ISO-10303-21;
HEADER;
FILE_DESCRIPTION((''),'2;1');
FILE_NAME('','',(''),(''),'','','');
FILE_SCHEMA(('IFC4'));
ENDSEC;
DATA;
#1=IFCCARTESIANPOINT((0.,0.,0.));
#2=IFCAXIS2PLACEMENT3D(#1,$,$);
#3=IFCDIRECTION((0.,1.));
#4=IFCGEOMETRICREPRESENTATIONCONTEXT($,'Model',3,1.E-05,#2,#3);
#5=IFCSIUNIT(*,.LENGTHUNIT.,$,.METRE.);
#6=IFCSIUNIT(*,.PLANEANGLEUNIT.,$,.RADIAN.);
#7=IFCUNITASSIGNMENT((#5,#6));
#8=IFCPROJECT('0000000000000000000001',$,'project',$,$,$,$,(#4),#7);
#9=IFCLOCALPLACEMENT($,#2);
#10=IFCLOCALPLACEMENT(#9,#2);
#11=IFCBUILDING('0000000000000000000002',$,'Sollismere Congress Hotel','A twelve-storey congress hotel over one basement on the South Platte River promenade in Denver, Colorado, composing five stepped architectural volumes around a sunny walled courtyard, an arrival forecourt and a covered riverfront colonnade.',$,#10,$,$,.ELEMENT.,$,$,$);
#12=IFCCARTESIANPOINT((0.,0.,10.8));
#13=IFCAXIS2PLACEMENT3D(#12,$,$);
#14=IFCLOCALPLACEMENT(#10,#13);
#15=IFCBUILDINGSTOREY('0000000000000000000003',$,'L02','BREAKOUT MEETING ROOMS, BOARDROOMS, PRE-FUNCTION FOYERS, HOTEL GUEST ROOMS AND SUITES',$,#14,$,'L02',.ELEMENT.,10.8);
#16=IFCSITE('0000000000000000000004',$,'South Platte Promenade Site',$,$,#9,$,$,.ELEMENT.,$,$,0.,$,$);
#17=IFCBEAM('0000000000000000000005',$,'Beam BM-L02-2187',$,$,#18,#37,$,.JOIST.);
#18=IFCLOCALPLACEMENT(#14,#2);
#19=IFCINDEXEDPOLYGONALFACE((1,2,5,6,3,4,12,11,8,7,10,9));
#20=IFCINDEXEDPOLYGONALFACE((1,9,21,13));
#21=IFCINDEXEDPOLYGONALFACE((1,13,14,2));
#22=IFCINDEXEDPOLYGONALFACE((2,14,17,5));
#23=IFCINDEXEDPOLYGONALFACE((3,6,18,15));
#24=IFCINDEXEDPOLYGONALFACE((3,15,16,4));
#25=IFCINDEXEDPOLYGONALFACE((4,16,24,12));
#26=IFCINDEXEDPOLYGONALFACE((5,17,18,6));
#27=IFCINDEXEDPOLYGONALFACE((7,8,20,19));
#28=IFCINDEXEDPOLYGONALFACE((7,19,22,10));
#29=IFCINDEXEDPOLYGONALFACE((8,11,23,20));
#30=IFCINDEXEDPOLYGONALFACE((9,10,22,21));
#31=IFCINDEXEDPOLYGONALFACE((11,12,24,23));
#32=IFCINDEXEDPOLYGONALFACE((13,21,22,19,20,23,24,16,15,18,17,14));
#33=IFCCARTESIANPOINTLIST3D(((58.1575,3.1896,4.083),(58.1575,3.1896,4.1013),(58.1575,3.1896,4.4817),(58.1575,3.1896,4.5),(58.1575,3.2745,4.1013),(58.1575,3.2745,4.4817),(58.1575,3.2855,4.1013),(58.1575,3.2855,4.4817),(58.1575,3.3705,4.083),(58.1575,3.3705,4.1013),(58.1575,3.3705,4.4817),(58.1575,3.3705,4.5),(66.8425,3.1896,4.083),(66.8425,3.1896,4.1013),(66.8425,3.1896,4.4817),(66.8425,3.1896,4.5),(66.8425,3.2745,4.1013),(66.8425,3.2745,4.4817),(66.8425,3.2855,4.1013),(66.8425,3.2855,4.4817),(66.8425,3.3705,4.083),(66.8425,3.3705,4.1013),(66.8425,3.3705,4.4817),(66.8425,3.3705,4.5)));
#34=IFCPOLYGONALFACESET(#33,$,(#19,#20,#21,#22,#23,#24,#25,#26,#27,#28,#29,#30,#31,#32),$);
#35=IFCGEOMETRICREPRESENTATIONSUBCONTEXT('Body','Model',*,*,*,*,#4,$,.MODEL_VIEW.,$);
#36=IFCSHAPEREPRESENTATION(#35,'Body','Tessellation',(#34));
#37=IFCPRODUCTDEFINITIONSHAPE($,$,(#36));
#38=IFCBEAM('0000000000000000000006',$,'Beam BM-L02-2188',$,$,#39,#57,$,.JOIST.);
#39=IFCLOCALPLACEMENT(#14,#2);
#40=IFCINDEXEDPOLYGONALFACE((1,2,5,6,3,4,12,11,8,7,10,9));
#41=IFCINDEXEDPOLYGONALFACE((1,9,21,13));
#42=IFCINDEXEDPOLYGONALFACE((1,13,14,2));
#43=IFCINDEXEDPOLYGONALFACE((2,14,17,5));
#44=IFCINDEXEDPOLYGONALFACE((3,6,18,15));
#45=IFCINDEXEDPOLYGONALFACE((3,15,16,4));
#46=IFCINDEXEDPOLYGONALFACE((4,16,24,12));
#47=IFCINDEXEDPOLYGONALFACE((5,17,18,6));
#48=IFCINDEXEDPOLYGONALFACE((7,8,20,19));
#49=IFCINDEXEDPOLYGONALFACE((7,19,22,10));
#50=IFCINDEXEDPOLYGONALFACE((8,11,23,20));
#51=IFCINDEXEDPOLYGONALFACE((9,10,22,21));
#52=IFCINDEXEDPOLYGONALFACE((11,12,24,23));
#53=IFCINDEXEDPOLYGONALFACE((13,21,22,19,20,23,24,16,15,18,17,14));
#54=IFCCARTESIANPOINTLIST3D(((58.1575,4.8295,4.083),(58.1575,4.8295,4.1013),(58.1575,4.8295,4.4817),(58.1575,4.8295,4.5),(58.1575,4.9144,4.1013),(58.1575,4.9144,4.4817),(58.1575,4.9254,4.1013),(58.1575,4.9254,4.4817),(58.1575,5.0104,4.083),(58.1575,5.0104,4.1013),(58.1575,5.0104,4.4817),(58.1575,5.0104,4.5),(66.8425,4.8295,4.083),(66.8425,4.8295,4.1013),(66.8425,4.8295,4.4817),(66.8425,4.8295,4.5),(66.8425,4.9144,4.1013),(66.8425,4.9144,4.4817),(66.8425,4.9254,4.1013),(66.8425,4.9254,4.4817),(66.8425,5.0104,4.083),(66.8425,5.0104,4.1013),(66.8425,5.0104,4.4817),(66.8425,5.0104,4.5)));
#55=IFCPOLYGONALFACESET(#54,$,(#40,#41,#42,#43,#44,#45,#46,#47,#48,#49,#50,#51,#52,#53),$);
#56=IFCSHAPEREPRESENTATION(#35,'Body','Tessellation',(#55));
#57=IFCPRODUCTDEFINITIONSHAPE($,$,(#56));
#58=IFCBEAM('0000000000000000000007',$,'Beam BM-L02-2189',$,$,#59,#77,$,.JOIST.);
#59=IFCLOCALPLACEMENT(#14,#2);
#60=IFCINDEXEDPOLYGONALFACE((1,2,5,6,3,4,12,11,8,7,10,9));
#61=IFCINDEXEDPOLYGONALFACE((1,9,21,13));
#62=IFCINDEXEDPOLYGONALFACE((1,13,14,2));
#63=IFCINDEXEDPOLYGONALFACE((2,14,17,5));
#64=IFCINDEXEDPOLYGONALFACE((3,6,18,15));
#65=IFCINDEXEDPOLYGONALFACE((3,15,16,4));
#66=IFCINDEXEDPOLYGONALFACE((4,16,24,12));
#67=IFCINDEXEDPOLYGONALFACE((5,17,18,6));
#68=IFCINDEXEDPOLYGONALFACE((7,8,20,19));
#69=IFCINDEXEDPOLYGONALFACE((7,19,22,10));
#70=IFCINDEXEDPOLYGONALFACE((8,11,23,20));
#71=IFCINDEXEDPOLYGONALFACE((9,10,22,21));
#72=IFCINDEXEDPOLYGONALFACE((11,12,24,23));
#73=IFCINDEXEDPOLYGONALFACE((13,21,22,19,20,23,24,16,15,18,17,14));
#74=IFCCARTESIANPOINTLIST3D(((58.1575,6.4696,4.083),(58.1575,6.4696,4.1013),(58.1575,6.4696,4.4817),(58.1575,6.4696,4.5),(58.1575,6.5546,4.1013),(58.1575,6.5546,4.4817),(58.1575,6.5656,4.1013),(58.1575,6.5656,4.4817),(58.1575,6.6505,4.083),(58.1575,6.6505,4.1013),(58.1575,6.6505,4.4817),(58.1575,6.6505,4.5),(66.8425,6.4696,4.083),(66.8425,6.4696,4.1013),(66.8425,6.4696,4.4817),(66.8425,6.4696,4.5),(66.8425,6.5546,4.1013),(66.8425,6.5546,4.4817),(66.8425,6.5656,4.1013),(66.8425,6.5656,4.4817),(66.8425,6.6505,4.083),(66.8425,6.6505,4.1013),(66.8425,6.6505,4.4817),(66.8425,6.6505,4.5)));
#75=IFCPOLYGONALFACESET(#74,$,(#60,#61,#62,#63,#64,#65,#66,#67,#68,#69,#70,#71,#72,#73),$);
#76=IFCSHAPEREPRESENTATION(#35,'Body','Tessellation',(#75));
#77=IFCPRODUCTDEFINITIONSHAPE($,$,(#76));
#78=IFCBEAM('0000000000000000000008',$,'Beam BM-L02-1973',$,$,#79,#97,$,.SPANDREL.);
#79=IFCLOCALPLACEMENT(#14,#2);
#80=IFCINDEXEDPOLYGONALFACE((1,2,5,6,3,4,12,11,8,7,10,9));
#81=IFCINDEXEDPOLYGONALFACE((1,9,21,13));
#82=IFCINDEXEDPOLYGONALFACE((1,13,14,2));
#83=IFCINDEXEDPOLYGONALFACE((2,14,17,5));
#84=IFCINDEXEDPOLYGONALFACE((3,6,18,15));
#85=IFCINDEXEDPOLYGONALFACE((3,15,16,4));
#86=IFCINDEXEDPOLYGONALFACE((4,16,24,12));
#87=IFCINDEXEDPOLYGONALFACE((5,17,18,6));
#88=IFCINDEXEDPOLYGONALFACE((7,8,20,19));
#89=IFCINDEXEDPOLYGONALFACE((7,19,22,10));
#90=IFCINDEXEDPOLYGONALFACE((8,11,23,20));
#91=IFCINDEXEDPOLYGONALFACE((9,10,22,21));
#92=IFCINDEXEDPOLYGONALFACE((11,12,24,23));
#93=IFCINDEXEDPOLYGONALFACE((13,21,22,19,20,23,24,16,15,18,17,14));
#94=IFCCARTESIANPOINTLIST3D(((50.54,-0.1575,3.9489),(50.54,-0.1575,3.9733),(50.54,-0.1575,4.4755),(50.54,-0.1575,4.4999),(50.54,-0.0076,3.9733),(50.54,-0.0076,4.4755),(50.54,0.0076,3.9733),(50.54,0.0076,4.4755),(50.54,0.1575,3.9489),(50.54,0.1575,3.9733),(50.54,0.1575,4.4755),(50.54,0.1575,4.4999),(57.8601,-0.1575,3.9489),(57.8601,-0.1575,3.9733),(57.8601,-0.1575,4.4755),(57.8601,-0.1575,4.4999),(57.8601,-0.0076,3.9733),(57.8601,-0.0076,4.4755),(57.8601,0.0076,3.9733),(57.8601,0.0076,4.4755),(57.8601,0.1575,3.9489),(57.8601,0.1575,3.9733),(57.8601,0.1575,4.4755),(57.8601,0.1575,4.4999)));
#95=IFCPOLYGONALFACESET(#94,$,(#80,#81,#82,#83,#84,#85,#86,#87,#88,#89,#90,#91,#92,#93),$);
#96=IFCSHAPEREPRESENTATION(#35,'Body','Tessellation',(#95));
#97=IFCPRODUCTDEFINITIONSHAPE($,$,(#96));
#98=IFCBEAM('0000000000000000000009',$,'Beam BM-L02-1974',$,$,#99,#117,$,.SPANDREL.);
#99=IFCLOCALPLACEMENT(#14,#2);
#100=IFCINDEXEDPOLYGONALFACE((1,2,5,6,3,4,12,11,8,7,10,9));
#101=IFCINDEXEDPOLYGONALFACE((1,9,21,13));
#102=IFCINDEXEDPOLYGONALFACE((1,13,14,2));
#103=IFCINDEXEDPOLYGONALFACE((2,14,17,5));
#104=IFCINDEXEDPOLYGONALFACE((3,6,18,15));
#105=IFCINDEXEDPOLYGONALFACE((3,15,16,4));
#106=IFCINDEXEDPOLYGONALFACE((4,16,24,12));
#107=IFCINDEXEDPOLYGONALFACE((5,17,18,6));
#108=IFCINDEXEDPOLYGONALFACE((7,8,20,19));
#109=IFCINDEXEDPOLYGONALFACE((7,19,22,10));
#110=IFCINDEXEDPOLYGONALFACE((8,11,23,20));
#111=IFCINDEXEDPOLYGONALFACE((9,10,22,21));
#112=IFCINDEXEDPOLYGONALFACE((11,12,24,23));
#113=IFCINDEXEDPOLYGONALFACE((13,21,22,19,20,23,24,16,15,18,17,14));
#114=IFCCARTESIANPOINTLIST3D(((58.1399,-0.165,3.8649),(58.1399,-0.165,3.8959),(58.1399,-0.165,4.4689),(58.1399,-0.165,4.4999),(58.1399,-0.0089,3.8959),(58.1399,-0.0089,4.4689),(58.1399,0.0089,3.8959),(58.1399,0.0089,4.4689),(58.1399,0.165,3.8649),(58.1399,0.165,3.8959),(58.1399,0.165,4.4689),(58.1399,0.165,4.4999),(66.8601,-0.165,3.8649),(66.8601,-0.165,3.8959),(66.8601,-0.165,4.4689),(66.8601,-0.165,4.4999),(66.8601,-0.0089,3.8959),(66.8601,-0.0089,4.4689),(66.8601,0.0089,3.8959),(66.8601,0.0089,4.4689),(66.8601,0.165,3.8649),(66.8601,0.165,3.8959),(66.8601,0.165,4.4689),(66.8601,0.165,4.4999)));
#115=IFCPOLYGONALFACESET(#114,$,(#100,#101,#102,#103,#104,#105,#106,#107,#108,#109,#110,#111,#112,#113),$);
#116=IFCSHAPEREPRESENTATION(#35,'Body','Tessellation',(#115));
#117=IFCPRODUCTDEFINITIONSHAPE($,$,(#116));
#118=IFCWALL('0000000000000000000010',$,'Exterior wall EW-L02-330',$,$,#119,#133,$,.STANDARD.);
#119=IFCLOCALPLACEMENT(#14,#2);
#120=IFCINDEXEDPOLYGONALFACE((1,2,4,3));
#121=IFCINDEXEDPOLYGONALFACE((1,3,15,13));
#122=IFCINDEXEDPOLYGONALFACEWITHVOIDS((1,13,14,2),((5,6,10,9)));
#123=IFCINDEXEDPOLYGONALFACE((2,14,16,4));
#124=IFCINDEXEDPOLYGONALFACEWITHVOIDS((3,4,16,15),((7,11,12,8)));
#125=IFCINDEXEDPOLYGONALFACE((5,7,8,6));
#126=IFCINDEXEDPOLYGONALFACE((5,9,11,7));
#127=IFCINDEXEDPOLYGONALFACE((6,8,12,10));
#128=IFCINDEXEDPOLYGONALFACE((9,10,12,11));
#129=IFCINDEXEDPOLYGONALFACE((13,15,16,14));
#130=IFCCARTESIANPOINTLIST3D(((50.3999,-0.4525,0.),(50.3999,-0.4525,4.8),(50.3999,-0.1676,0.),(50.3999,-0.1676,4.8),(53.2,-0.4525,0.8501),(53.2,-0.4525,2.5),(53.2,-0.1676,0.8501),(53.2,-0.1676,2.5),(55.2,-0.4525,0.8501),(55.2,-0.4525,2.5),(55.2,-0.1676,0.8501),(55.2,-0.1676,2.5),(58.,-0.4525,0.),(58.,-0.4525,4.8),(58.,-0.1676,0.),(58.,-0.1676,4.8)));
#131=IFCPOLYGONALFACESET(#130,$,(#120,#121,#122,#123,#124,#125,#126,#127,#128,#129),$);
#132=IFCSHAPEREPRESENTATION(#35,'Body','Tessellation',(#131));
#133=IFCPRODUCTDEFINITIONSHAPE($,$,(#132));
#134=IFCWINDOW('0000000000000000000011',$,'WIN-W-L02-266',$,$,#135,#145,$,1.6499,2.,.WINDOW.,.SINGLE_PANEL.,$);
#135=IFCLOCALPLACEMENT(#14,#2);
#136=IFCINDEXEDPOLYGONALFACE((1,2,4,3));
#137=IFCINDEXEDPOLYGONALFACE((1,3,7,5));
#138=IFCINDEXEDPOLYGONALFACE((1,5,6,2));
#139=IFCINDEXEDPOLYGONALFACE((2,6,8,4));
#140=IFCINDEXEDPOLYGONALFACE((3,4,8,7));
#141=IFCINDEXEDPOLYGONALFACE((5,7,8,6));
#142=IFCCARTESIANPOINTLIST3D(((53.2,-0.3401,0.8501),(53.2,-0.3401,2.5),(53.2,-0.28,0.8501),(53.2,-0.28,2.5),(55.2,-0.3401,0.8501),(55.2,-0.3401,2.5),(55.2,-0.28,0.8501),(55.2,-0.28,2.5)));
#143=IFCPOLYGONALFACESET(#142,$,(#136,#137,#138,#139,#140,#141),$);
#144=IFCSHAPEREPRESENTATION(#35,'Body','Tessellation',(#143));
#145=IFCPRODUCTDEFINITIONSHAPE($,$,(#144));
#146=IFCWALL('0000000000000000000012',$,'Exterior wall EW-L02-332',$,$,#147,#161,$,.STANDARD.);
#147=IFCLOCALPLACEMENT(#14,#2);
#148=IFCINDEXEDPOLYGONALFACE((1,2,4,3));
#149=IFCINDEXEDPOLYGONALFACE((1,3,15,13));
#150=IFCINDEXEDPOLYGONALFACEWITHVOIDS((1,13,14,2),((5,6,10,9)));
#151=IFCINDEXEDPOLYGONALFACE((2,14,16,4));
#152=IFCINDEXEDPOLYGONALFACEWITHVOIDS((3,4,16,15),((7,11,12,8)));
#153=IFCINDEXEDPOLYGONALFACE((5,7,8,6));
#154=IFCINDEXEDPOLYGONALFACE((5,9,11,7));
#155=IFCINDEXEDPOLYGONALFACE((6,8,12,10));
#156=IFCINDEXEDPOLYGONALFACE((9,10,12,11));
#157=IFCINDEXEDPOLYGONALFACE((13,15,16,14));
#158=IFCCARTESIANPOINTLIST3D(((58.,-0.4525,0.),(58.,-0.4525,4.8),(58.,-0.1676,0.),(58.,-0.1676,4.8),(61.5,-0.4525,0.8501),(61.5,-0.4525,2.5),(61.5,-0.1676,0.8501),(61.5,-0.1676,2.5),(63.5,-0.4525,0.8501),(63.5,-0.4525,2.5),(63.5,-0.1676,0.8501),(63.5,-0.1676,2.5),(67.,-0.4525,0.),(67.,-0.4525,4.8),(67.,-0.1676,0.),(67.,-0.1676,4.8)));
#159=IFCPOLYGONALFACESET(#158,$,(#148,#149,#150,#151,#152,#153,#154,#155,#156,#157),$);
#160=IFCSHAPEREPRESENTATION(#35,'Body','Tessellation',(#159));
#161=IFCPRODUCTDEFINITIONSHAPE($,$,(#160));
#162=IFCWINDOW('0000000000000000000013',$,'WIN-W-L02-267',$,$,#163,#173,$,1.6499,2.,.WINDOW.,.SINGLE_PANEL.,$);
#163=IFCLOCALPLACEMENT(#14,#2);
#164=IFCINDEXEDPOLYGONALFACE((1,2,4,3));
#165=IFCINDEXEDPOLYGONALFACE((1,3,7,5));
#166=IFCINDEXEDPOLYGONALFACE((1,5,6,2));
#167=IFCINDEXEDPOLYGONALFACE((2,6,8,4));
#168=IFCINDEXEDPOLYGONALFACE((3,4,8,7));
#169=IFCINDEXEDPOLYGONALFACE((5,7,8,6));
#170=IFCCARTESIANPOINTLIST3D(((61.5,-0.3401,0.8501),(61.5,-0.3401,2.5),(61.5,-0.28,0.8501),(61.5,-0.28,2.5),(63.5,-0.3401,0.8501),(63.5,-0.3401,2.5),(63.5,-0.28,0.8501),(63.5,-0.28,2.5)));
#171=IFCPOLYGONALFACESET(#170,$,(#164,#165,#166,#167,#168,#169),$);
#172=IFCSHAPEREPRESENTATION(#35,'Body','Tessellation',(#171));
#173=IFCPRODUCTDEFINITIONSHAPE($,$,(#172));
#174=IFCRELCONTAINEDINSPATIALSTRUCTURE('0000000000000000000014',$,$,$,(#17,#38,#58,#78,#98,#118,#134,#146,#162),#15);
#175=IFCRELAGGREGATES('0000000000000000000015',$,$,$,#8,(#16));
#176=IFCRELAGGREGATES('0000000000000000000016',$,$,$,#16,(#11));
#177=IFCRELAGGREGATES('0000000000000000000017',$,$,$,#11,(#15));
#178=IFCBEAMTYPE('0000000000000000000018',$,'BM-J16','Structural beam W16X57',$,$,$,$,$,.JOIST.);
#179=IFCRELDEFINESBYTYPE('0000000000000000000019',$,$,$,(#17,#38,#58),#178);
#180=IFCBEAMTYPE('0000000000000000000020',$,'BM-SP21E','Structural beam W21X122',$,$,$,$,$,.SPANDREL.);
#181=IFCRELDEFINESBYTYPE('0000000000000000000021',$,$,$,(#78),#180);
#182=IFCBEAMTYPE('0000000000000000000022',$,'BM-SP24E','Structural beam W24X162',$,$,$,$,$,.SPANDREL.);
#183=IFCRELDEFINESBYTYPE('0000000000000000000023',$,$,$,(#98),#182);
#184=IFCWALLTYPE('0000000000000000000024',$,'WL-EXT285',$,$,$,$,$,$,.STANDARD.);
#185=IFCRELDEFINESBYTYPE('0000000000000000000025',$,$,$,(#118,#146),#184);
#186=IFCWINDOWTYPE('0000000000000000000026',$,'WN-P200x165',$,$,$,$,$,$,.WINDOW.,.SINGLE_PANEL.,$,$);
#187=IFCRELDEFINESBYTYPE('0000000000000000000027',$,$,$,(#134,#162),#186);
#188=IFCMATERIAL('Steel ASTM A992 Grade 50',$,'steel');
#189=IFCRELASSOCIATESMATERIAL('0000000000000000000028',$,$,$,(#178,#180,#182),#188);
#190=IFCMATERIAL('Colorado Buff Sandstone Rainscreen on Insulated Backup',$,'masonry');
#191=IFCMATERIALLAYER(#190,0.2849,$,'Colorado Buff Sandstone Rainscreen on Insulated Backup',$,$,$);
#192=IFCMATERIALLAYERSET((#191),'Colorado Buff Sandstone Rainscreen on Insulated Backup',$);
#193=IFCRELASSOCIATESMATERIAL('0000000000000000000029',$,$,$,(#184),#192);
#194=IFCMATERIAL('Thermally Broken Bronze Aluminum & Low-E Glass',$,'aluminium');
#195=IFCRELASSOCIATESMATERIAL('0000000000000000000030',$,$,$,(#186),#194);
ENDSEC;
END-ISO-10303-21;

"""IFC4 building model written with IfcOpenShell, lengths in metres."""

from ifc_helpers import new_model, si_unit, direction, frame, frame_2d, origin, origin_2d, place, context, subcontext, project, spatial, rectangle, i_section, extrude, material, layer, layer_set, material_profile, profile_set, type_object, element, fill, save


model = new_model("IFC4")

# Units and contexts
model_context = context("Model", 3, precision=1e-05, world=origin(), true_north=direction((0.0, 1.0)))
body_context = subcontext(model_context, "Body", "Model", "MODEL_VIEW")
ifc_project = project(units=[si_unit("LENGTHUNIT", "METRE"), si_unit("PLANEANGLEUNIT", "RADIAN")], contexts=[model_context])

# Site, building, storey
site_placement = place(None, origin())
site = spatial("IfcSite", under=ifc_project, at=site_placement, Name="South Platte Promenade Site", CompositionType="ELEMENT", RefElevation=0.0)
building_placement = place(site_placement, origin())
building = spatial("IfcBuilding", under=site, at=building_placement, Name="Sollismere Congress Hotel", Description="A twelve-storey congress hotel over one basement on the South Platte River promenade in Denver, Colorado, composing five stepped architectural volumes around a sunny walled courtyard, an arrival forecourt and a covered riverfront colonnade.", CompositionType="ELEMENT")
storey_placement = place(building_placement, frame((0.0, 0.0, 10.8)))
storey = spatial("IfcBuildingStorey", under=building, at=storey_placement, Name="L02", Description="BREAKOUT MEETING ROOMS, BOARDROOMS, PRE-FUNCTION FOYERS, HOTEL GUEST ROOMS AND SUITES", LongName="L02", CompositionType="ELEMENT", Elevation=10.8)

# Shared definitions
ifc_material_1 = material(Name="Steel ASTM A992 Grade 50", Category="steel")

# Beams
ifc_material_profile_1 = material_profile(ifc_material_1, i_section(OverallWidth=0.1809, OverallDepth=0.417, WebThickness=0.011, FlangeThickness=0.0183, at=origin_2d()), Name="W16X57")
ifc_profile_set_1 = profile_set([ifc_material_profile_1], Name="Steel ASTM A992 Grade 50")
beam_type_1 = type_object("IfcBeamType", Name="BM-J16", Description="Structural beam W16X57", PredefinedType="JOIST", material=ifc_profile_set_1)
for number, where, z_axis, x_axis, name in (
    (1, (58.1575, 3.28, 4.2915), (1.0, 0.0, 0.0), (0.0, 1.0, 0.0), "Beam BM-L02-2187"),
    (2, (58.1575, 4.9199, 4.2915), (1.0, 0.0, 0.0), (0.0, 1.0, 0.0), "Beam BM-L02-2188"),
    (3, (58.1575, 6.5601, 4.2915), (1.0, 0.0, 0.0), (0.0, 1.0, 0.0), "Beam BM-L02-2189"),
):
    element("IfcBeam", number, at=place(storey_placement, frame(where, z_axis=z_axis, x_axis=x_axis)), inside=storey, type_object=beam_type_1, Name=name, PredefinedType="JOIST", context=body_context, shape_type="SweptSolid", body=[
        extrude(i_section(OverallWidth=0.1809, OverallDepth=0.417, WebThickness=0.011, FlangeThickness=0.0183, at=origin_2d()), origin(), (0.0, 0.0, 1.0), 8.6851),
    ])
ifc_material_profile_2 = material_profile(ifc_material_1, i_section(OverallWidth=0.3149, OverallDepth=0.551, WebThickness=0.0151, FlangeThickness=0.0244, at=origin_2d()), Name="W21X122")
ifc_profile_set_2 = profile_set([ifc_material_profile_2], Name="Steel ASTM A992 Grade 50")
beam_type_2 = type_object("IfcBeamType", Name="BM-SP21E", Description="Structural beam W21X122", PredefinedType="SPANDREL", material=ifc_profile_set_2)
beam_1_placement = place(storey_placement, frame((50.54, 0.0, 4.2244), z_axis=(1.0, 0.0, 0.0), x_axis=(0.0, 1.0, 0.0)))
element("IfcBeam", 4, at=beam_1_placement, inside=storey, type_object=beam_type_2, Name="Beam BM-L02-1973", PredefinedType="SPANDREL", context=body_context, shape_type="SweptSolid", body=[
    extrude(i_section(OverallWidth=0.3149, OverallDepth=0.551, WebThickness=0.0151, FlangeThickness=0.0244, at=origin_2d()), origin(), (0.0, 0.0, 1.0), 7.3201),
])
ifc_material_profile_3 = material_profile(ifc_material_1, i_section(OverallWidth=0.3301, OverallDepth=0.635, WebThickness=0.0178, FlangeThickness=0.031, at=origin_2d()), Name="W24X162")
ifc_profile_set_3 = profile_set([ifc_material_profile_3], Name="Steel ASTM A992 Grade 50")
beam_type_3 = type_object("IfcBeamType", Name="BM-SP24E", Description="Structural beam W24X162", PredefinedType="SPANDREL", material=ifc_profile_set_3)
beam_2_placement = place(storey_placement, frame((58.1399, 0.0, 4.1824), z_axis=(1.0, 0.0, 0.0), x_axis=(0.0, 1.0, 0.0)))
element("IfcBeam", 5, at=beam_2_placement, inside=storey, type_object=beam_type_3, Name="Beam BM-L02-1974", PredefinedType="SPANDREL", context=body_context, shape_type="SweptSolid", body=[
    extrude(i_section(OverallWidth=0.3301, OverallDepth=0.635, WebThickness=0.0178, FlangeThickness=0.031, at=origin_2d()), origin(), (0.0, 0.0, 1.0), 8.7202),
])

# Walls, openings, windows
ifc_material_2 = material(Name="Colorado Buff Sandstone Rainscreen on Insulated Backup", Category="masonry")
ifc_layer_1 = layer(ifc_material_2, 0.2849, Name="Colorado Buff Sandstone Rainscreen on Insulated Backup")
ifc_layer_set_1 = layer_set([ifc_layer_1], Name="Colorado Buff Sandstone Rainscreen on Insulated Backup")
wall_type_1 = type_object("IfcWallType", Name="WL-EXT285", PredefinedType="STANDARD", material=ifc_layer_set_1)
wall_1_placement = place(storey_placement, frame((50.3999, -0.3101, 0.0), z_axis=(0.0, 0.0, 1.0), x_axis=(1.0, 0.0, 0.0)))
wall_1 = element("IfcWall", 6, at=wall_1_placement, inside=storey, type_object=wall_type_1, Name="Exterior wall EW-L02-330", PredefinedType="STANDARD", context=body_context, shape_type="SweptSolid", body=[
    extrude(rectangle(XDim=7.6001, YDim=0.2849, at=frame_2d((3.8, 0.0))), origin(), (0.0, 0.0, 1.0), 4.8),
])
opening_1_placement = place(wall_1_placement, frame((2.8, 0.0, 0.8501)))
opening_1 = element("IfcOpeningElement", 7, at=opening_1_placement, cuts=wall_1, PredefinedType="OPENING", context=body_context, shape_type="SweptSolid", body=[
    extrude(rectangle(XDim=2.0, YDim=1.6499, at=frame_2d((1.0, 0.825))), frame((0.0, 0.1523, 0.0), z_axis=(0.0, -1.0, 0.0), x_axis=(1.0, 0.0, 0.0)), (0.0, 0.0, 1.0), 0.3049),
])
ifc_material_3 = material(Name="Thermally Broken Bronze Aluminum & Low-E Glass", Category="aluminium")
window_type = type_object("IfcWindowType", Name="WN-P200x165", PartitioningType="SINGLE_PANEL", PredefinedType="WINDOW", material=ifc_material_3)
window_1_placement = place(opening_1_placement, origin())
window_1 = element("IfcWindow", 8, at=window_1_placement, inside=storey, type_object=window_type, Name="WIN-W-L02-266", OverallHeight=1.6499, OverallWidth=2.0, PartitioningType="SINGLE_PANEL", PredefinedType="WINDOW", context=body_context, shape_type="SweptSolid", body=[
    extrude(rectangle(XDim=2.0, YDim=1.6499, at=frame_2d((1.0, 0.825))), frame((0.0, 0.03, 0.0), z_axis=(0.0, -1.0, 0.0), x_axis=(1.0, 0.0, 0.0)), (0.0, 0.0, 1.0), 0.0601),
])
fill(opening_1, window_1)
wall_2_placement = place(storey_placement, frame((58.0, -0.3101, 0.0), z_axis=(0.0, 0.0, 1.0), x_axis=(1.0, 0.0, 0.0)))
wall_2 = element("IfcWall", 9, at=wall_2_placement, inside=storey, type_object=wall_type_1, Name="Exterior wall EW-L02-332", PredefinedType="STANDARD", context=body_context, shape_type="SweptSolid", body=[
    extrude(rectangle(XDim=9.0, YDim=0.2849, at=frame_2d((4.5, 0.0))), origin(), (0.0, 0.0, 1.0), 4.8),
])
opening_2_placement = place(wall_2_placement, frame((3.5, 0.0, 0.8501)))
opening_2 = element("IfcOpeningElement", 10, at=opening_2_placement, cuts=wall_2, PredefinedType="OPENING", context=body_context, shape_type="SweptSolid", body=[
    extrude(rectangle(XDim=2.0, YDim=1.6499, at=frame_2d((1.0, 0.825))), frame((0.0, 0.1523, 0.0), z_axis=(0.0, -1.0, 0.0), x_axis=(1.0, 0.0, 0.0)), (0.0, 0.0, 1.0), 0.3049),
])
window_2_placement = place(opening_2_placement, origin())
window_2 = element("IfcWindow", 11, at=window_2_placement, inside=storey, type_object=window_type, Name="WIN-W-L02-267", OverallHeight=1.6499, OverallWidth=2.0, PartitioningType="SINGLE_PANEL", PredefinedType="WINDOW", context=body_context, shape_type="SweptSolid", body=[
    extrude(rectangle(XDim=2.0, YDim=1.6499, at=frame_2d((1.0, 0.825))), frame((0.0, 0.03, 0.0), z_axis=(0.0, -1.0, 0.0), x_axis=(1.0, 0.0, 0.0)), (0.0, 0.0, 1.0), 0.0601),
])
fill(opening_2, window_2)

save(model, "model.ifc")
